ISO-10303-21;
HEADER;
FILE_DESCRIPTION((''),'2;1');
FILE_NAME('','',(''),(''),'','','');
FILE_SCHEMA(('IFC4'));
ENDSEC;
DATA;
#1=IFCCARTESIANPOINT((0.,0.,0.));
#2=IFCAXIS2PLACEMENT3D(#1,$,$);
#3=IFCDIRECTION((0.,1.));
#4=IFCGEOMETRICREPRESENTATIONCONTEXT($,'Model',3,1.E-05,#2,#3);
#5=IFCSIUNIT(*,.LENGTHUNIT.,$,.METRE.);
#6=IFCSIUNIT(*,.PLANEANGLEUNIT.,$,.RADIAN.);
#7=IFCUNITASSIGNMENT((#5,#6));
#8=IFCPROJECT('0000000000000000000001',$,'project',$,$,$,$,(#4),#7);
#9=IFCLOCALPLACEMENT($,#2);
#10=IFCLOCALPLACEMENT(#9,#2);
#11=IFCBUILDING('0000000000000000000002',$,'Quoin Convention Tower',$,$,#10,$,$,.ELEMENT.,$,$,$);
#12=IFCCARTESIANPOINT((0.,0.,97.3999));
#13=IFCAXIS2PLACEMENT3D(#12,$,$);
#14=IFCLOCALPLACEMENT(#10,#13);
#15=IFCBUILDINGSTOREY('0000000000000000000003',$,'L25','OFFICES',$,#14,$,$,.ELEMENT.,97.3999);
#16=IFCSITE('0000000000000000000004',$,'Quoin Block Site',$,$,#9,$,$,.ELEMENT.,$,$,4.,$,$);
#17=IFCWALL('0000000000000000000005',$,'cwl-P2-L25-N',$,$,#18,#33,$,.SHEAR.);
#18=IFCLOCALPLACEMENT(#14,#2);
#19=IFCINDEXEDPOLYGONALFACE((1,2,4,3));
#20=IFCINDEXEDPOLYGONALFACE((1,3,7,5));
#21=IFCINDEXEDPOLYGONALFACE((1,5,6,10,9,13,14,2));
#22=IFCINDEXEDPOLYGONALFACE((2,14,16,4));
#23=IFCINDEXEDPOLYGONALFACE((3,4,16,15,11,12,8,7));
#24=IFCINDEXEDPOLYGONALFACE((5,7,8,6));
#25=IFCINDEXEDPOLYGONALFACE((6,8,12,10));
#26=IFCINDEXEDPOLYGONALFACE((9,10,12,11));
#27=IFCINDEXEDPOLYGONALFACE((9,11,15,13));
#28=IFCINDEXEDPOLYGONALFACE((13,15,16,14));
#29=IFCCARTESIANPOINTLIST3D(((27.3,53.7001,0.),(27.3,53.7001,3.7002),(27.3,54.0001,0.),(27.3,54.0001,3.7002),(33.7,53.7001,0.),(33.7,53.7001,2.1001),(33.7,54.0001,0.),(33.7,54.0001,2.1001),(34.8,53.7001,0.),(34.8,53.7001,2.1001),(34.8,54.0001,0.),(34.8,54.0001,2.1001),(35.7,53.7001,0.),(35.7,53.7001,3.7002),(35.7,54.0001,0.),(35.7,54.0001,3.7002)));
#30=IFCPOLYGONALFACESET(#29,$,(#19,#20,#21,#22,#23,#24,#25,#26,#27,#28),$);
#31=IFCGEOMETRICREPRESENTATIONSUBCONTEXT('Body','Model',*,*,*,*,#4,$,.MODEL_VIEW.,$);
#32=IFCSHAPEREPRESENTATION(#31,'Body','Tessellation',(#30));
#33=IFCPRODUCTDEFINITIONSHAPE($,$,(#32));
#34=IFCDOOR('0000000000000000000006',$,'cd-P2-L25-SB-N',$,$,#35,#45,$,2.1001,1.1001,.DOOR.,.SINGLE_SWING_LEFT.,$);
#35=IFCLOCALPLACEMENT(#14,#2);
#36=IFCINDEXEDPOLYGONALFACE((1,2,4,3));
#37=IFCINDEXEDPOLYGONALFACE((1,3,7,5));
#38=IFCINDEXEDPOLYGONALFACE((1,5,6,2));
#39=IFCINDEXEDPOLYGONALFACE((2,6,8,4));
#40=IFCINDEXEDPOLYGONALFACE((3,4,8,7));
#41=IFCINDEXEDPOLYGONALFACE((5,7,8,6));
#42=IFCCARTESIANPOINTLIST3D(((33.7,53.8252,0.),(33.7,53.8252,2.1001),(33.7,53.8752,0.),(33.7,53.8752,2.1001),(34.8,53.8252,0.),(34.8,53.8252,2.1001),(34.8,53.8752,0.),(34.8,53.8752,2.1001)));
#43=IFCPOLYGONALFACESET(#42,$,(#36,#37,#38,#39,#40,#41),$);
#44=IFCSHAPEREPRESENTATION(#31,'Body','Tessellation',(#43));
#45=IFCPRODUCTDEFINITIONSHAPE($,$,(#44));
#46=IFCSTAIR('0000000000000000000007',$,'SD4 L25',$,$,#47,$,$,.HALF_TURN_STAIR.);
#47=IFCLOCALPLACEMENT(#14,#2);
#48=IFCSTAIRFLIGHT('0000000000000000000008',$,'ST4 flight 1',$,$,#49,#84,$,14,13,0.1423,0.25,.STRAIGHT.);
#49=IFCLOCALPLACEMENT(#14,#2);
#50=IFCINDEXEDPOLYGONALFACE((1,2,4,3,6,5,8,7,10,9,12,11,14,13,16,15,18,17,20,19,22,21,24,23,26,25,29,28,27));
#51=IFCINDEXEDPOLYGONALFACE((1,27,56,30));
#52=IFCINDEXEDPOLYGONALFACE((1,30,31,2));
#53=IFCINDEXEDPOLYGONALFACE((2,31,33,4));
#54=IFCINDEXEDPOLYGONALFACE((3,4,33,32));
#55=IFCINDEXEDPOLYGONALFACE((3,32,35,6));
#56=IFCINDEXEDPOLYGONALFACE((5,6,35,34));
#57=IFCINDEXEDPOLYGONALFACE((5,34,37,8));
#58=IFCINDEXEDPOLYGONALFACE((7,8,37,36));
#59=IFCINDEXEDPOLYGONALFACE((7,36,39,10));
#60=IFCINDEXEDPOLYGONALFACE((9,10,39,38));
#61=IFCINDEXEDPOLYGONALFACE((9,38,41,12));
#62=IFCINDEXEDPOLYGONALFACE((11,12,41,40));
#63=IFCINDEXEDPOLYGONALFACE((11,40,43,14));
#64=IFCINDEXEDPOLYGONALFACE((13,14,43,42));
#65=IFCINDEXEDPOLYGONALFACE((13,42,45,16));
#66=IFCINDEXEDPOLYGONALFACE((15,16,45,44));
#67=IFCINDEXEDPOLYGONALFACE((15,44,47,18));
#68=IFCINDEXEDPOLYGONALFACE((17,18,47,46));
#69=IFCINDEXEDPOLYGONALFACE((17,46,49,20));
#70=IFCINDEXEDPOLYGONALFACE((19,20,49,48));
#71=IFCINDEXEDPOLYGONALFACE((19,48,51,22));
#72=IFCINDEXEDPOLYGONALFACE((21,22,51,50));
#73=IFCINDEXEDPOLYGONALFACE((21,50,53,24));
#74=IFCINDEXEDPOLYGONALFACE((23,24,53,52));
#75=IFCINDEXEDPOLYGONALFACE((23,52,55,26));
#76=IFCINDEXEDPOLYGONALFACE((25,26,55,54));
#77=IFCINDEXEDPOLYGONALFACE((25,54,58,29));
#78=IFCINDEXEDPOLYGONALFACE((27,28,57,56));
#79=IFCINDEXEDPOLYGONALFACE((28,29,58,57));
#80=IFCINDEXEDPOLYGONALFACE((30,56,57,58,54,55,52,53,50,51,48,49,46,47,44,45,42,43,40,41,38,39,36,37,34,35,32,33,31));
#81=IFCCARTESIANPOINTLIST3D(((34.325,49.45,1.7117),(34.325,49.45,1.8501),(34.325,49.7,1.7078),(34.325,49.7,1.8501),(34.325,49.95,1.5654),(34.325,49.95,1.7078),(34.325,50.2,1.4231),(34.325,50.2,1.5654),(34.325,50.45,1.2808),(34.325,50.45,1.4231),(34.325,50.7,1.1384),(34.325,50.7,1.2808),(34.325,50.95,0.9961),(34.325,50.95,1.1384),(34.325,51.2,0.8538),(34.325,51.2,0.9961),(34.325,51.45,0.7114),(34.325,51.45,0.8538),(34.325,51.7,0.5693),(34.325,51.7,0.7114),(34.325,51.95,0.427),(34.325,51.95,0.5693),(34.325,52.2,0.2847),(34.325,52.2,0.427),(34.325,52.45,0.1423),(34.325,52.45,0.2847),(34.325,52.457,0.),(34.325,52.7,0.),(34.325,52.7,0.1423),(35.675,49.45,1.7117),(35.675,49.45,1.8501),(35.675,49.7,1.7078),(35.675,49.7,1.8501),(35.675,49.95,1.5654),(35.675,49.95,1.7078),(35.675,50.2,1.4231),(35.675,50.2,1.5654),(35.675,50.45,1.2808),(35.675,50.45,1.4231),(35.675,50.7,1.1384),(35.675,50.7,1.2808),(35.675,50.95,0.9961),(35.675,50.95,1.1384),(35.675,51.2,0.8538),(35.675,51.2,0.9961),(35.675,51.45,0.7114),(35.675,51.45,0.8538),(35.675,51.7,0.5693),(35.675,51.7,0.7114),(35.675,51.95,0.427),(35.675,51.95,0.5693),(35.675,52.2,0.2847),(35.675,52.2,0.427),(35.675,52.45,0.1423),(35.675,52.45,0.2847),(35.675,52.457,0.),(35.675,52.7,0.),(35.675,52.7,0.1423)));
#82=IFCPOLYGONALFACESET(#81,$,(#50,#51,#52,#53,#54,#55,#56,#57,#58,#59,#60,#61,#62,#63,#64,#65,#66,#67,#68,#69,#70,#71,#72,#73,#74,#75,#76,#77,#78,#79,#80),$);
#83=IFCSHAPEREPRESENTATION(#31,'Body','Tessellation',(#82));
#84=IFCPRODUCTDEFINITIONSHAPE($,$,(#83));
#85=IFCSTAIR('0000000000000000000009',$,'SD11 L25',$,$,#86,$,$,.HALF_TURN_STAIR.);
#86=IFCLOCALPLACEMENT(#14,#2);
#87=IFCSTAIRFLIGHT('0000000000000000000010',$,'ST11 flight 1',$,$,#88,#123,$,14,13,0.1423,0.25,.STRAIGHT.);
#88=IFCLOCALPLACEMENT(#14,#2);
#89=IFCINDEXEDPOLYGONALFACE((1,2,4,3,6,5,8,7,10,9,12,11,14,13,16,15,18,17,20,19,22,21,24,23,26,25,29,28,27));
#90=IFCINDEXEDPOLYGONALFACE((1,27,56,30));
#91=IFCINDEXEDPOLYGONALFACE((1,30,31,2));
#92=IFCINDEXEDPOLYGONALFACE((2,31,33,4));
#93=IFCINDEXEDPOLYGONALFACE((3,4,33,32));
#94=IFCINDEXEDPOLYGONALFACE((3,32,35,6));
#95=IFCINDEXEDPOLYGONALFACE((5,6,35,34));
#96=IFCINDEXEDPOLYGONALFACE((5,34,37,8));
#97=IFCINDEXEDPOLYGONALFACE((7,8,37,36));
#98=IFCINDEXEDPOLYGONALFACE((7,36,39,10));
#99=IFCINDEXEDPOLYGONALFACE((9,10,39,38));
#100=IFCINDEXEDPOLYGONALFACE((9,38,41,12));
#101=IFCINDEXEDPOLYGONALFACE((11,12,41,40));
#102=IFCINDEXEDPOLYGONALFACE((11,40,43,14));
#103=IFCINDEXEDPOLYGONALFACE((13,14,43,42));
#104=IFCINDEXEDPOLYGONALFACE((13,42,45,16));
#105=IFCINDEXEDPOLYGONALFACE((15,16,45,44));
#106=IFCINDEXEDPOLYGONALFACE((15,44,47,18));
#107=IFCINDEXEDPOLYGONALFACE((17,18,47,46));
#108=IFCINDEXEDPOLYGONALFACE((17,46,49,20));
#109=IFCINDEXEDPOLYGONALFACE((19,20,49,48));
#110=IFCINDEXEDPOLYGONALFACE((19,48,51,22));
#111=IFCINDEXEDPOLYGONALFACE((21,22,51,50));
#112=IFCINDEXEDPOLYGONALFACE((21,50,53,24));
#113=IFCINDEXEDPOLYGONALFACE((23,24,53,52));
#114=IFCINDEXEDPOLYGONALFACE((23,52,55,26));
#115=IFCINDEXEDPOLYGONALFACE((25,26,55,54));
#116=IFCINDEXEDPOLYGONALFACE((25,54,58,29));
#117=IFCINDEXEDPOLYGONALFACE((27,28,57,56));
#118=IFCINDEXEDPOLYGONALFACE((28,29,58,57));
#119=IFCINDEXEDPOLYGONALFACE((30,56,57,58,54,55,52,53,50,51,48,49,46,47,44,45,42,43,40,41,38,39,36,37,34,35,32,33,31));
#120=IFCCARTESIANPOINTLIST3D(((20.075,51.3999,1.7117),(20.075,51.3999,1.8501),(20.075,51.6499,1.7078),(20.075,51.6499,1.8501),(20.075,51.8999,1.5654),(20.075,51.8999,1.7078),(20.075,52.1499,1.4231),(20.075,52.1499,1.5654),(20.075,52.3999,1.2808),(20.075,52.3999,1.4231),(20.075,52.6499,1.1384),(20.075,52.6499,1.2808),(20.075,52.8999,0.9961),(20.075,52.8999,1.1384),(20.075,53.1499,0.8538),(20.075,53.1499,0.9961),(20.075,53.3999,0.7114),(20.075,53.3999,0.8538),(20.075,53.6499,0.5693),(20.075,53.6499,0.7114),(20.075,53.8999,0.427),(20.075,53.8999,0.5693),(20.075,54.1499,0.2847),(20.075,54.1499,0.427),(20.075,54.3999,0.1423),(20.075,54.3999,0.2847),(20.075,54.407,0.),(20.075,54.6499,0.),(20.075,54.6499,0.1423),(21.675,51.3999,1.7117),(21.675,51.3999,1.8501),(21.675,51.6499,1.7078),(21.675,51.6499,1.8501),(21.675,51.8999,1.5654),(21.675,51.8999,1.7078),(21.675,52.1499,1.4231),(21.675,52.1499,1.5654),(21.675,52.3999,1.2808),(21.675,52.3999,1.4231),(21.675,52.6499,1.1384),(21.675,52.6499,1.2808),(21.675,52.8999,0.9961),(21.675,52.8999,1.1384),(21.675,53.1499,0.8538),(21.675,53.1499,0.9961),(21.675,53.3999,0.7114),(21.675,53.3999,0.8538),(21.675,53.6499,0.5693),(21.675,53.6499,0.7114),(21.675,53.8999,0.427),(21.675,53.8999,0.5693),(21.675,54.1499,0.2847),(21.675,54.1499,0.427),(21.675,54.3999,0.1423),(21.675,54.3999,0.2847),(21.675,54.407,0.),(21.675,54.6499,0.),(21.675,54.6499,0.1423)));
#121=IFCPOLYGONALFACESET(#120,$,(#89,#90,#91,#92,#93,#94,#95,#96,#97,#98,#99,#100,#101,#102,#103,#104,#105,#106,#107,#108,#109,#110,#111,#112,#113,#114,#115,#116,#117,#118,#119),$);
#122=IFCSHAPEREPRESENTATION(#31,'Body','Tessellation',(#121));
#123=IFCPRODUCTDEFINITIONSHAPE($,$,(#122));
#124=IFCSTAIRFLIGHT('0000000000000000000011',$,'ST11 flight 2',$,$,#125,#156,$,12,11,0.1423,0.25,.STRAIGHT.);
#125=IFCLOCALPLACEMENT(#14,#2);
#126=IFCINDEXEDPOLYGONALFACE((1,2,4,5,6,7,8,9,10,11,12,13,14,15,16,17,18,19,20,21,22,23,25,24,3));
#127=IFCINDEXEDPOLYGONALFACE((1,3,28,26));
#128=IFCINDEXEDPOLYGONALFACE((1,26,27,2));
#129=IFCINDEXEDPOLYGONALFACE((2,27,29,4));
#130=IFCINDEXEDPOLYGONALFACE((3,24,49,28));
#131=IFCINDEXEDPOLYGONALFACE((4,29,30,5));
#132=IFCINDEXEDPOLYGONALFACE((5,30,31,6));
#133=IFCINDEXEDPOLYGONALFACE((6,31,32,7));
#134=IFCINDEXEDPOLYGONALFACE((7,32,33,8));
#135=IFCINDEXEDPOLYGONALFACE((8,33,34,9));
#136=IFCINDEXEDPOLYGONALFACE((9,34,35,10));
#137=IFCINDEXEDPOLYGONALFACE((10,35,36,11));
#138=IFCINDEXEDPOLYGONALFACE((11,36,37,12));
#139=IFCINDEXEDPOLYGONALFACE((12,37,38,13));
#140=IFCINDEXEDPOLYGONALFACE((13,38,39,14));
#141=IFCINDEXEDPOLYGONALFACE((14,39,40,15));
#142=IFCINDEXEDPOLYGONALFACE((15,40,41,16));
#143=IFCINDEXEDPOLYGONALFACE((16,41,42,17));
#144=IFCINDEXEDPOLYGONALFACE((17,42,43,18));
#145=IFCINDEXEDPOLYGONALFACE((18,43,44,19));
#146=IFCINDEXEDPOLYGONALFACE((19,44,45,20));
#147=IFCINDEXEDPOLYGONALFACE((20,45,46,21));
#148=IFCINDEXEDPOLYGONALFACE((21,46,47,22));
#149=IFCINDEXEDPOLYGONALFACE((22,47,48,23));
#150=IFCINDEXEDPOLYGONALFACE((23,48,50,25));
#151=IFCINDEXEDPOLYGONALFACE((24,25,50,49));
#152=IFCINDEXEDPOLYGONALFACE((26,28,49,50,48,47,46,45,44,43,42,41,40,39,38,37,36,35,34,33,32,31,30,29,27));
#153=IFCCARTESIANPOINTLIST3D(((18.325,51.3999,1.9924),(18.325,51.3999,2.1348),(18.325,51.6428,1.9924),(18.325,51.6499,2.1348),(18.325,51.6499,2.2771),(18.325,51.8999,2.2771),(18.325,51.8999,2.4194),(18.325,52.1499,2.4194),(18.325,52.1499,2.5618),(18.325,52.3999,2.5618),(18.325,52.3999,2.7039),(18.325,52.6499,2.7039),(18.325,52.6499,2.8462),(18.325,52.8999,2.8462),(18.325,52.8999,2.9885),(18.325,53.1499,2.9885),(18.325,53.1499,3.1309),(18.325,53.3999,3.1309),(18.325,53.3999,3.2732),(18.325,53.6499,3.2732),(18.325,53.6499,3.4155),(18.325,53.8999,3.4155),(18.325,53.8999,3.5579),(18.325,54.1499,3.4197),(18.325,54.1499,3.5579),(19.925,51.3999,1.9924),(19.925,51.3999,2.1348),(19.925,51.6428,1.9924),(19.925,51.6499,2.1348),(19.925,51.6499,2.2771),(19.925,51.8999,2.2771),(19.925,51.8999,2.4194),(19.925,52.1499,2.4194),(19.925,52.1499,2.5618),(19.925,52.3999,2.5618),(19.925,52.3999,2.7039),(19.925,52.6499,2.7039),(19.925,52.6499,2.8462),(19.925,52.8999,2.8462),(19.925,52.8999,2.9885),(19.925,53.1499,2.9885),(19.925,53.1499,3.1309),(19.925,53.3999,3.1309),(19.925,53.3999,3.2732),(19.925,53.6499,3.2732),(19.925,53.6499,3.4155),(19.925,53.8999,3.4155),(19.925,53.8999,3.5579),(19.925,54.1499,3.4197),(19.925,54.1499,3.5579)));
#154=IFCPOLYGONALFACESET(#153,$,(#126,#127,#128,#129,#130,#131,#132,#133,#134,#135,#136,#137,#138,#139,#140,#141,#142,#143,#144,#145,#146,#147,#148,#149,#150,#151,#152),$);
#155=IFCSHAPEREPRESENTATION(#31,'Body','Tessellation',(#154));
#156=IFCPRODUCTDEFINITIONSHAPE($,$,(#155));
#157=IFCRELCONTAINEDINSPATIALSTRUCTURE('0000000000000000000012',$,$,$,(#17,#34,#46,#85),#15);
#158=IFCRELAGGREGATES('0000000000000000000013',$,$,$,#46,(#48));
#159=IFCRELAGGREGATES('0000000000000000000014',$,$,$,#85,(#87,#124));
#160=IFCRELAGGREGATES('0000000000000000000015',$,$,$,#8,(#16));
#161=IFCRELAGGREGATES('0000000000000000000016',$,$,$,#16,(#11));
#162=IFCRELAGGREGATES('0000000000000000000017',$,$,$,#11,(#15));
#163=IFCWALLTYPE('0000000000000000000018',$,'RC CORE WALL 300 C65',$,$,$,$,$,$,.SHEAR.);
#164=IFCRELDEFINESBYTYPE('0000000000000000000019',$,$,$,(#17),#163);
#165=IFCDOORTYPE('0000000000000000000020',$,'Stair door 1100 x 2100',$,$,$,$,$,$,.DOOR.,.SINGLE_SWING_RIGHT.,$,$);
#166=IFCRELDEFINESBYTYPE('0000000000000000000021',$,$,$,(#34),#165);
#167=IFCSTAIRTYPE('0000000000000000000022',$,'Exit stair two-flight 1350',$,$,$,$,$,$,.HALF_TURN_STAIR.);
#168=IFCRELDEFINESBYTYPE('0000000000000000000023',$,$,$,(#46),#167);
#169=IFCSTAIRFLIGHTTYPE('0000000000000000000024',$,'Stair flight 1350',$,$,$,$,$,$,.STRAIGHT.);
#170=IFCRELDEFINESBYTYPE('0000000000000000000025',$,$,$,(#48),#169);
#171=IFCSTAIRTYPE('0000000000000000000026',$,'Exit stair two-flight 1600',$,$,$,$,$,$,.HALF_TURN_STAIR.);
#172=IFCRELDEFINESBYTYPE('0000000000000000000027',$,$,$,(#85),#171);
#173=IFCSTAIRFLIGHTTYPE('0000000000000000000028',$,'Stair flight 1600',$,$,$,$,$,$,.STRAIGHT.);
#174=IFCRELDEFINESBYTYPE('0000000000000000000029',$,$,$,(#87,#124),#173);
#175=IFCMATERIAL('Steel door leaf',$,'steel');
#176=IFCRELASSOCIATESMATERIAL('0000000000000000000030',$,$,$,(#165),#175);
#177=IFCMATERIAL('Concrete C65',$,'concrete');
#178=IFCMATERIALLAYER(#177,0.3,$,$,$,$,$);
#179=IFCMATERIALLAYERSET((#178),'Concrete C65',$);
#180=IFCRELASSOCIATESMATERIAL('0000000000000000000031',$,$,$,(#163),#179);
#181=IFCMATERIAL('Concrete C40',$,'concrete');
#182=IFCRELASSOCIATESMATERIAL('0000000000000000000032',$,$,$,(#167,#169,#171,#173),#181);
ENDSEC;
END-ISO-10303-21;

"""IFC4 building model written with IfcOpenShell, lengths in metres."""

from ifc_helpers import new_model, si_unit, direction, frame, frame_2d, origin, place, context, subcontext, project, spatial, polyline, rectangle, outline, extrude, material, layer, layer_set, type_object, element, fill, aggregate, save


model = new_model("IFC4")

# Units and contexts
model_context = context("Model", 3, precision=1e-05, world=origin(), true_north=direction((0.0, 1.0)))
body_context = subcontext(model_context, "Body", "Model", "MODEL_VIEW")
ifc_project = project(units=[si_unit("LENGTHUNIT", "METRE"), si_unit("PLANEANGLEUNIT", "RADIAN")], contexts=[model_context])

# Site, building, storey
site_placement = place(None, origin())
site = spatial("IfcSite", under=ifc_project, at=site_placement, Name="Quoin Block Site", CompositionType="ELEMENT", RefElevation=4.0)
building_placement = place(site_placement, origin())
building = spatial("IfcBuilding", under=site, at=building_placement, Name="Quoin Convention Tower", CompositionType="ELEMENT")
storey_placement = place(building_placement, frame((0.0, 0.0, 97.3999)))
storey = spatial("IfcBuildingStorey", under=building, at=storey_placement, Name="L25", Description="OFFICES", CompositionType="ELEMENT", Elevation=97.3999)

# Shared definitions
ifc_material_1 = material(Name="Concrete C65", Category="concrete")

# Shared definitions
ifc_material_2 = material(Name="Steel door leaf", Category="steel")
door_type_1 = type_object("IfcDoorType", Name="Stair door 1100 x 2100", OperationType="SINGLE_SWING_RIGHT", PredefinedType="DOOR", material=ifc_material_2)

# Wall, opening, door
ifc_layer_1 = layer(ifc_material_1, 0.3)
ifc_layer_set_1 = layer_set([ifc_layer_1], Name="Concrete C65")
wall_type_1 = type_object("IfcWallType", Name="RC CORE WALL 300 C65", PredefinedType="SHEAR", material=ifc_layer_set_1)
wall_1_placement = place(storey_placement, frame((27.3, 53.8501, 0.0), z_axis=(0.0, 0.0, 1.0), x_axis=(1.0, 0.0, 0.0)))
wall_1 = element("IfcWall", 1, at=wall_1_placement, inside=storey, type_object=wall_type_1, Name="cwl-P2-L25-N", PredefinedType="SHEAR", context=body_context, shape_type="SweptSolid", body=[
    extrude(rectangle(XDim=8.3999, YDim=0.3, at=frame_2d((4.2, 0.0))), origin(), (0.0, 0.0, 1.0), 3.7002),
])
opening_1_placement = place(wall_1_placement, frame((6.3999, 0.0, 0.0)))
opening_1 = element("IfcOpeningElement", 2, at=opening_1_placement, cuts=wall_1, PredefinedType="OPENING", context=body_context, shape_type="SweptSolid", body=[
    extrude(rectangle(XDim=1.1001, YDim=2.1001, at=frame_2d((0.55, 1.05))), frame((0.0, 0.1599, 0.0), z_axis=(0.0, -1.0, 0.0), x_axis=(1.0, 0.0, 0.0)), (0.0, 0.0, 1.0), 0.3201),
])
door_1_placement = place(opening_1_placement, frame((1.1001, 0.0, 0.0), z_axis=(0.0, 0.0, 1.0), x_axis=(-1.0, 0.0, 0.0)))
door_1 = element("IfcDoor", 3, at=door_1_placement, inside=storey, type_object=door_type_1, Name="cd-P2-L25-SB-N", OperationType="SINGLE_SWING_LEFT", OverallHeight=2.1001, OverallWidth=1.1001, PredefinedType="DOOR", context=body_context, shape_type="SweptSolid", body=[
    extrude(rectangle(XDim=1.1001, YDim=2.1001, at=frame_2d((0.55, 1.05))), frame((0.0, 0.0249, 0.0), z_axis=(0.0, -1.0, 0.0), x_axis=(1.0, 0.0, 0.0)), (0.0, 0.0, 1.0), 0.05),
])
fill(opening_1, door_1)

# Stair, stair flight
ifc_material_3 = material(Name="Concrete C40", Category="concrete")
stair_type_1 = type_object("IfcStairType", Name="Exit stair two-flight 1350", PredefinedType="HALF_TURN_STAIR", material=ifc_material_3)
stair_1_placement = place(storey_placement, origin())
stair_1 = element("IfcStair", 4, at=stair_1_placement, inside=storey, type_object=stair_type_1, Name="SD4 L25", PredefinedType="HALF_TURN_STAIR")
stair_flight_type_1 = type_object("IfcStairFlightType", Name="Stair flight 1350", PredefinedType="STRAIGHT", material=ifc_material_3)
stair_flight_1_placement = place(storey_placement, frame((35.0, 52.7, 0.0), z_axis=(0.0, 0.0, 1.0), x_axis=(0.0, -1.0, 0.0)))
stair_flight_1 = element("IfcStairFlight", 5, at=stair_flight_1_placement, type_object=stair_flight_type_1, Name="ST4 flight 1", NumberOfRisers=14, NumberOfTreads=13, PredefinedType="STRAIGHT", RiserHeight=0.1423, TreadLength=0.25, context=body_context, shape_type="SweptSolid", body=[
    extrude(outline(polyline([(0.0, 0.0), (0.0, 0.1423), (0.25, 0.1423), (0.25, 0.2847), (0.5, 0.2847), (0.5, 0.427), (0.75, 0.427), (0.75, 0.5693), (1.0, 0.5693), (1.0, 0.7114), (1.25, 0.7114), (1.25, 0.8538), (1.5, 0.8538), (1.5, 0.9961), (1.75, 0.9961), (1.75, 1.1384), (2.0, 1.1384), (2.0, 1.2808), (2.25, 1.2808), (2.25, 1.4231), (2.5, 1.4231), (2.5, 1.5654), (2.75, 1.5654), (2.75, 1.7078), (3.0, 1.7078), (3.0, 1.8501), (3.25, 1.8501), (3.25, 1.9922), (3.25, 1.7117), (0.2429, 0.0), (0.0, 0.0)])), frame((0.0, 0.675, 0.0), z_axis=(0.0, -1.0, 0.0), x_axis=(1.0, 0.0, 0.0)), (0.0, 0.0, 1.0), 1.3501),
])
aggregate(stair_1, [stair_flight_1])

# Stair, stair flights
stair_type_2 = type_object("IfcStairType", Name="Exit stair two-flight 1600", PredefinedType="HALF_TURN_STAIR", material=ifc_material_3)
stair_2_placement = place(storey_placement, origin())
stair_2 = element("IfcStair", 6, at=stair_2_placement, inside=storey, type_object=stair_type_2, Name="SD11 L25", PredefinedType="HALF_TURN_STAIR")
stair_flight_type_2 = type_object("IfcStairFlightType", Name="Stair flight 1600", PredefinedType="STRAIGHT", material=ifc_material_3)
stair_flight_2_placement = place(storey_placement, frame((20.875, 54.6499, 0.0), z_axis=(0.0, 0.0, 1.0), x_axis=(0.0, -1.0, 0.0)))
stair_flight_2 = element("IfcStairFlight", 7, at=stair_flight_2_placement, type_object=stair_flight_type_2, Name="ST11 flight 1", NumberOfRisers=14, NumberOfTreads=13, PredefinedType="STRAIGHT", RiserHeight=0.1423, TreadLength=0.25, context=body_context, shape_type="SweptSolid", body=[
    extrude(outline(polyline([(0.0, 0.0), (0.0, 0.1423), (0.25, 0.1423), (0.25, 0.2847), (0.5, 0.2847), (0.5, 0.427), (0.75, 0.427), (0.75, 0.5693), (1.0, 0.5693), (1.0, 0.7114), (1.25, 0.7114), (1.25, 0.8538), (1.5, 0.8538), (1.5, 0.9961), (1.75, 0.9961), (1.75, 1.1384), (2.0, 1.1384), (2.0, 1.2808), (2.25, 1.2808), (2.25, 1.4231), (2.5, 1.4231), (2.5, 1.5654), (2.75, 1.5654), (2.75, 1.7078), (3.0, 1.7078), (3.0, 1.8501), (3.25, 1.8501), (3.25, 1.9922), (3.25, 1.7117), (0.2429, 0.0), (0.0, 0.0)])), frame((0.0, 0.8, 0.0), z_axis=(0.0, -1.0, 0.0), x_axis=(1.0, 0.0, 0.0)), (0.0, 0.0, 1.0), 1.6001),
])
stair_flight_3_placement = place(storey_placement, frame((19.125, 51.3999, 1.9924), z_axis=(0.0, 0.0, 1.0), x_axis=(0.0, 1.0, 0.0)))
stair_flight_3 = element("IfcStairFlight", 8, at=stair_flight_3_placement, type_object=stair_flight_type_2, Name="ST11 flight 2", NumberOfRisers=12, NumberOfTreads=11, PredefinedType="STRAIGHT", RiserHeight=0.1423, TreadLength=0.25, context=body_context, shape_type="SweptSolid", body=[
    extrude(outline(polyline([(0.0, 0.0), (0.0, 0.1423), (0.25, 0.1423), (0.25, 0.2847), (0.5, 0.2847), (0.5, 0.427), (0.75, 0.427), (0.75, 0.5693), (1.0, 0.5693), (1.0, 0.7114), (1.25, 0.7114), (1.25, 0.8538), (1.5, 0.8538), (1.5, 0.9961), (1.75, 0.9961), (1.75, 1.1384), (2.0, 1.1384), (2.0, 1.2808), (2.25, 1.2808), (2.25, 1.4231), (2.5, 1.4231), (2.5, 1.5654), (2.75, 1.5654), (2.75, 1.7078), (2.75, 1.4272), (0.2429, 0.0), (0.0, 0.0)])), frame((0.0, 0.8, 0.0), z_axis=(0.0, -1.0, 0.0), x_axis=(1.0, 0.0, 0.0)), (0.0, 0.0, 1.0), 1.6001),
])
aggregate(stair_2, [stair_flight_2, stair_flight_3])

save(model, "model.ifc")
